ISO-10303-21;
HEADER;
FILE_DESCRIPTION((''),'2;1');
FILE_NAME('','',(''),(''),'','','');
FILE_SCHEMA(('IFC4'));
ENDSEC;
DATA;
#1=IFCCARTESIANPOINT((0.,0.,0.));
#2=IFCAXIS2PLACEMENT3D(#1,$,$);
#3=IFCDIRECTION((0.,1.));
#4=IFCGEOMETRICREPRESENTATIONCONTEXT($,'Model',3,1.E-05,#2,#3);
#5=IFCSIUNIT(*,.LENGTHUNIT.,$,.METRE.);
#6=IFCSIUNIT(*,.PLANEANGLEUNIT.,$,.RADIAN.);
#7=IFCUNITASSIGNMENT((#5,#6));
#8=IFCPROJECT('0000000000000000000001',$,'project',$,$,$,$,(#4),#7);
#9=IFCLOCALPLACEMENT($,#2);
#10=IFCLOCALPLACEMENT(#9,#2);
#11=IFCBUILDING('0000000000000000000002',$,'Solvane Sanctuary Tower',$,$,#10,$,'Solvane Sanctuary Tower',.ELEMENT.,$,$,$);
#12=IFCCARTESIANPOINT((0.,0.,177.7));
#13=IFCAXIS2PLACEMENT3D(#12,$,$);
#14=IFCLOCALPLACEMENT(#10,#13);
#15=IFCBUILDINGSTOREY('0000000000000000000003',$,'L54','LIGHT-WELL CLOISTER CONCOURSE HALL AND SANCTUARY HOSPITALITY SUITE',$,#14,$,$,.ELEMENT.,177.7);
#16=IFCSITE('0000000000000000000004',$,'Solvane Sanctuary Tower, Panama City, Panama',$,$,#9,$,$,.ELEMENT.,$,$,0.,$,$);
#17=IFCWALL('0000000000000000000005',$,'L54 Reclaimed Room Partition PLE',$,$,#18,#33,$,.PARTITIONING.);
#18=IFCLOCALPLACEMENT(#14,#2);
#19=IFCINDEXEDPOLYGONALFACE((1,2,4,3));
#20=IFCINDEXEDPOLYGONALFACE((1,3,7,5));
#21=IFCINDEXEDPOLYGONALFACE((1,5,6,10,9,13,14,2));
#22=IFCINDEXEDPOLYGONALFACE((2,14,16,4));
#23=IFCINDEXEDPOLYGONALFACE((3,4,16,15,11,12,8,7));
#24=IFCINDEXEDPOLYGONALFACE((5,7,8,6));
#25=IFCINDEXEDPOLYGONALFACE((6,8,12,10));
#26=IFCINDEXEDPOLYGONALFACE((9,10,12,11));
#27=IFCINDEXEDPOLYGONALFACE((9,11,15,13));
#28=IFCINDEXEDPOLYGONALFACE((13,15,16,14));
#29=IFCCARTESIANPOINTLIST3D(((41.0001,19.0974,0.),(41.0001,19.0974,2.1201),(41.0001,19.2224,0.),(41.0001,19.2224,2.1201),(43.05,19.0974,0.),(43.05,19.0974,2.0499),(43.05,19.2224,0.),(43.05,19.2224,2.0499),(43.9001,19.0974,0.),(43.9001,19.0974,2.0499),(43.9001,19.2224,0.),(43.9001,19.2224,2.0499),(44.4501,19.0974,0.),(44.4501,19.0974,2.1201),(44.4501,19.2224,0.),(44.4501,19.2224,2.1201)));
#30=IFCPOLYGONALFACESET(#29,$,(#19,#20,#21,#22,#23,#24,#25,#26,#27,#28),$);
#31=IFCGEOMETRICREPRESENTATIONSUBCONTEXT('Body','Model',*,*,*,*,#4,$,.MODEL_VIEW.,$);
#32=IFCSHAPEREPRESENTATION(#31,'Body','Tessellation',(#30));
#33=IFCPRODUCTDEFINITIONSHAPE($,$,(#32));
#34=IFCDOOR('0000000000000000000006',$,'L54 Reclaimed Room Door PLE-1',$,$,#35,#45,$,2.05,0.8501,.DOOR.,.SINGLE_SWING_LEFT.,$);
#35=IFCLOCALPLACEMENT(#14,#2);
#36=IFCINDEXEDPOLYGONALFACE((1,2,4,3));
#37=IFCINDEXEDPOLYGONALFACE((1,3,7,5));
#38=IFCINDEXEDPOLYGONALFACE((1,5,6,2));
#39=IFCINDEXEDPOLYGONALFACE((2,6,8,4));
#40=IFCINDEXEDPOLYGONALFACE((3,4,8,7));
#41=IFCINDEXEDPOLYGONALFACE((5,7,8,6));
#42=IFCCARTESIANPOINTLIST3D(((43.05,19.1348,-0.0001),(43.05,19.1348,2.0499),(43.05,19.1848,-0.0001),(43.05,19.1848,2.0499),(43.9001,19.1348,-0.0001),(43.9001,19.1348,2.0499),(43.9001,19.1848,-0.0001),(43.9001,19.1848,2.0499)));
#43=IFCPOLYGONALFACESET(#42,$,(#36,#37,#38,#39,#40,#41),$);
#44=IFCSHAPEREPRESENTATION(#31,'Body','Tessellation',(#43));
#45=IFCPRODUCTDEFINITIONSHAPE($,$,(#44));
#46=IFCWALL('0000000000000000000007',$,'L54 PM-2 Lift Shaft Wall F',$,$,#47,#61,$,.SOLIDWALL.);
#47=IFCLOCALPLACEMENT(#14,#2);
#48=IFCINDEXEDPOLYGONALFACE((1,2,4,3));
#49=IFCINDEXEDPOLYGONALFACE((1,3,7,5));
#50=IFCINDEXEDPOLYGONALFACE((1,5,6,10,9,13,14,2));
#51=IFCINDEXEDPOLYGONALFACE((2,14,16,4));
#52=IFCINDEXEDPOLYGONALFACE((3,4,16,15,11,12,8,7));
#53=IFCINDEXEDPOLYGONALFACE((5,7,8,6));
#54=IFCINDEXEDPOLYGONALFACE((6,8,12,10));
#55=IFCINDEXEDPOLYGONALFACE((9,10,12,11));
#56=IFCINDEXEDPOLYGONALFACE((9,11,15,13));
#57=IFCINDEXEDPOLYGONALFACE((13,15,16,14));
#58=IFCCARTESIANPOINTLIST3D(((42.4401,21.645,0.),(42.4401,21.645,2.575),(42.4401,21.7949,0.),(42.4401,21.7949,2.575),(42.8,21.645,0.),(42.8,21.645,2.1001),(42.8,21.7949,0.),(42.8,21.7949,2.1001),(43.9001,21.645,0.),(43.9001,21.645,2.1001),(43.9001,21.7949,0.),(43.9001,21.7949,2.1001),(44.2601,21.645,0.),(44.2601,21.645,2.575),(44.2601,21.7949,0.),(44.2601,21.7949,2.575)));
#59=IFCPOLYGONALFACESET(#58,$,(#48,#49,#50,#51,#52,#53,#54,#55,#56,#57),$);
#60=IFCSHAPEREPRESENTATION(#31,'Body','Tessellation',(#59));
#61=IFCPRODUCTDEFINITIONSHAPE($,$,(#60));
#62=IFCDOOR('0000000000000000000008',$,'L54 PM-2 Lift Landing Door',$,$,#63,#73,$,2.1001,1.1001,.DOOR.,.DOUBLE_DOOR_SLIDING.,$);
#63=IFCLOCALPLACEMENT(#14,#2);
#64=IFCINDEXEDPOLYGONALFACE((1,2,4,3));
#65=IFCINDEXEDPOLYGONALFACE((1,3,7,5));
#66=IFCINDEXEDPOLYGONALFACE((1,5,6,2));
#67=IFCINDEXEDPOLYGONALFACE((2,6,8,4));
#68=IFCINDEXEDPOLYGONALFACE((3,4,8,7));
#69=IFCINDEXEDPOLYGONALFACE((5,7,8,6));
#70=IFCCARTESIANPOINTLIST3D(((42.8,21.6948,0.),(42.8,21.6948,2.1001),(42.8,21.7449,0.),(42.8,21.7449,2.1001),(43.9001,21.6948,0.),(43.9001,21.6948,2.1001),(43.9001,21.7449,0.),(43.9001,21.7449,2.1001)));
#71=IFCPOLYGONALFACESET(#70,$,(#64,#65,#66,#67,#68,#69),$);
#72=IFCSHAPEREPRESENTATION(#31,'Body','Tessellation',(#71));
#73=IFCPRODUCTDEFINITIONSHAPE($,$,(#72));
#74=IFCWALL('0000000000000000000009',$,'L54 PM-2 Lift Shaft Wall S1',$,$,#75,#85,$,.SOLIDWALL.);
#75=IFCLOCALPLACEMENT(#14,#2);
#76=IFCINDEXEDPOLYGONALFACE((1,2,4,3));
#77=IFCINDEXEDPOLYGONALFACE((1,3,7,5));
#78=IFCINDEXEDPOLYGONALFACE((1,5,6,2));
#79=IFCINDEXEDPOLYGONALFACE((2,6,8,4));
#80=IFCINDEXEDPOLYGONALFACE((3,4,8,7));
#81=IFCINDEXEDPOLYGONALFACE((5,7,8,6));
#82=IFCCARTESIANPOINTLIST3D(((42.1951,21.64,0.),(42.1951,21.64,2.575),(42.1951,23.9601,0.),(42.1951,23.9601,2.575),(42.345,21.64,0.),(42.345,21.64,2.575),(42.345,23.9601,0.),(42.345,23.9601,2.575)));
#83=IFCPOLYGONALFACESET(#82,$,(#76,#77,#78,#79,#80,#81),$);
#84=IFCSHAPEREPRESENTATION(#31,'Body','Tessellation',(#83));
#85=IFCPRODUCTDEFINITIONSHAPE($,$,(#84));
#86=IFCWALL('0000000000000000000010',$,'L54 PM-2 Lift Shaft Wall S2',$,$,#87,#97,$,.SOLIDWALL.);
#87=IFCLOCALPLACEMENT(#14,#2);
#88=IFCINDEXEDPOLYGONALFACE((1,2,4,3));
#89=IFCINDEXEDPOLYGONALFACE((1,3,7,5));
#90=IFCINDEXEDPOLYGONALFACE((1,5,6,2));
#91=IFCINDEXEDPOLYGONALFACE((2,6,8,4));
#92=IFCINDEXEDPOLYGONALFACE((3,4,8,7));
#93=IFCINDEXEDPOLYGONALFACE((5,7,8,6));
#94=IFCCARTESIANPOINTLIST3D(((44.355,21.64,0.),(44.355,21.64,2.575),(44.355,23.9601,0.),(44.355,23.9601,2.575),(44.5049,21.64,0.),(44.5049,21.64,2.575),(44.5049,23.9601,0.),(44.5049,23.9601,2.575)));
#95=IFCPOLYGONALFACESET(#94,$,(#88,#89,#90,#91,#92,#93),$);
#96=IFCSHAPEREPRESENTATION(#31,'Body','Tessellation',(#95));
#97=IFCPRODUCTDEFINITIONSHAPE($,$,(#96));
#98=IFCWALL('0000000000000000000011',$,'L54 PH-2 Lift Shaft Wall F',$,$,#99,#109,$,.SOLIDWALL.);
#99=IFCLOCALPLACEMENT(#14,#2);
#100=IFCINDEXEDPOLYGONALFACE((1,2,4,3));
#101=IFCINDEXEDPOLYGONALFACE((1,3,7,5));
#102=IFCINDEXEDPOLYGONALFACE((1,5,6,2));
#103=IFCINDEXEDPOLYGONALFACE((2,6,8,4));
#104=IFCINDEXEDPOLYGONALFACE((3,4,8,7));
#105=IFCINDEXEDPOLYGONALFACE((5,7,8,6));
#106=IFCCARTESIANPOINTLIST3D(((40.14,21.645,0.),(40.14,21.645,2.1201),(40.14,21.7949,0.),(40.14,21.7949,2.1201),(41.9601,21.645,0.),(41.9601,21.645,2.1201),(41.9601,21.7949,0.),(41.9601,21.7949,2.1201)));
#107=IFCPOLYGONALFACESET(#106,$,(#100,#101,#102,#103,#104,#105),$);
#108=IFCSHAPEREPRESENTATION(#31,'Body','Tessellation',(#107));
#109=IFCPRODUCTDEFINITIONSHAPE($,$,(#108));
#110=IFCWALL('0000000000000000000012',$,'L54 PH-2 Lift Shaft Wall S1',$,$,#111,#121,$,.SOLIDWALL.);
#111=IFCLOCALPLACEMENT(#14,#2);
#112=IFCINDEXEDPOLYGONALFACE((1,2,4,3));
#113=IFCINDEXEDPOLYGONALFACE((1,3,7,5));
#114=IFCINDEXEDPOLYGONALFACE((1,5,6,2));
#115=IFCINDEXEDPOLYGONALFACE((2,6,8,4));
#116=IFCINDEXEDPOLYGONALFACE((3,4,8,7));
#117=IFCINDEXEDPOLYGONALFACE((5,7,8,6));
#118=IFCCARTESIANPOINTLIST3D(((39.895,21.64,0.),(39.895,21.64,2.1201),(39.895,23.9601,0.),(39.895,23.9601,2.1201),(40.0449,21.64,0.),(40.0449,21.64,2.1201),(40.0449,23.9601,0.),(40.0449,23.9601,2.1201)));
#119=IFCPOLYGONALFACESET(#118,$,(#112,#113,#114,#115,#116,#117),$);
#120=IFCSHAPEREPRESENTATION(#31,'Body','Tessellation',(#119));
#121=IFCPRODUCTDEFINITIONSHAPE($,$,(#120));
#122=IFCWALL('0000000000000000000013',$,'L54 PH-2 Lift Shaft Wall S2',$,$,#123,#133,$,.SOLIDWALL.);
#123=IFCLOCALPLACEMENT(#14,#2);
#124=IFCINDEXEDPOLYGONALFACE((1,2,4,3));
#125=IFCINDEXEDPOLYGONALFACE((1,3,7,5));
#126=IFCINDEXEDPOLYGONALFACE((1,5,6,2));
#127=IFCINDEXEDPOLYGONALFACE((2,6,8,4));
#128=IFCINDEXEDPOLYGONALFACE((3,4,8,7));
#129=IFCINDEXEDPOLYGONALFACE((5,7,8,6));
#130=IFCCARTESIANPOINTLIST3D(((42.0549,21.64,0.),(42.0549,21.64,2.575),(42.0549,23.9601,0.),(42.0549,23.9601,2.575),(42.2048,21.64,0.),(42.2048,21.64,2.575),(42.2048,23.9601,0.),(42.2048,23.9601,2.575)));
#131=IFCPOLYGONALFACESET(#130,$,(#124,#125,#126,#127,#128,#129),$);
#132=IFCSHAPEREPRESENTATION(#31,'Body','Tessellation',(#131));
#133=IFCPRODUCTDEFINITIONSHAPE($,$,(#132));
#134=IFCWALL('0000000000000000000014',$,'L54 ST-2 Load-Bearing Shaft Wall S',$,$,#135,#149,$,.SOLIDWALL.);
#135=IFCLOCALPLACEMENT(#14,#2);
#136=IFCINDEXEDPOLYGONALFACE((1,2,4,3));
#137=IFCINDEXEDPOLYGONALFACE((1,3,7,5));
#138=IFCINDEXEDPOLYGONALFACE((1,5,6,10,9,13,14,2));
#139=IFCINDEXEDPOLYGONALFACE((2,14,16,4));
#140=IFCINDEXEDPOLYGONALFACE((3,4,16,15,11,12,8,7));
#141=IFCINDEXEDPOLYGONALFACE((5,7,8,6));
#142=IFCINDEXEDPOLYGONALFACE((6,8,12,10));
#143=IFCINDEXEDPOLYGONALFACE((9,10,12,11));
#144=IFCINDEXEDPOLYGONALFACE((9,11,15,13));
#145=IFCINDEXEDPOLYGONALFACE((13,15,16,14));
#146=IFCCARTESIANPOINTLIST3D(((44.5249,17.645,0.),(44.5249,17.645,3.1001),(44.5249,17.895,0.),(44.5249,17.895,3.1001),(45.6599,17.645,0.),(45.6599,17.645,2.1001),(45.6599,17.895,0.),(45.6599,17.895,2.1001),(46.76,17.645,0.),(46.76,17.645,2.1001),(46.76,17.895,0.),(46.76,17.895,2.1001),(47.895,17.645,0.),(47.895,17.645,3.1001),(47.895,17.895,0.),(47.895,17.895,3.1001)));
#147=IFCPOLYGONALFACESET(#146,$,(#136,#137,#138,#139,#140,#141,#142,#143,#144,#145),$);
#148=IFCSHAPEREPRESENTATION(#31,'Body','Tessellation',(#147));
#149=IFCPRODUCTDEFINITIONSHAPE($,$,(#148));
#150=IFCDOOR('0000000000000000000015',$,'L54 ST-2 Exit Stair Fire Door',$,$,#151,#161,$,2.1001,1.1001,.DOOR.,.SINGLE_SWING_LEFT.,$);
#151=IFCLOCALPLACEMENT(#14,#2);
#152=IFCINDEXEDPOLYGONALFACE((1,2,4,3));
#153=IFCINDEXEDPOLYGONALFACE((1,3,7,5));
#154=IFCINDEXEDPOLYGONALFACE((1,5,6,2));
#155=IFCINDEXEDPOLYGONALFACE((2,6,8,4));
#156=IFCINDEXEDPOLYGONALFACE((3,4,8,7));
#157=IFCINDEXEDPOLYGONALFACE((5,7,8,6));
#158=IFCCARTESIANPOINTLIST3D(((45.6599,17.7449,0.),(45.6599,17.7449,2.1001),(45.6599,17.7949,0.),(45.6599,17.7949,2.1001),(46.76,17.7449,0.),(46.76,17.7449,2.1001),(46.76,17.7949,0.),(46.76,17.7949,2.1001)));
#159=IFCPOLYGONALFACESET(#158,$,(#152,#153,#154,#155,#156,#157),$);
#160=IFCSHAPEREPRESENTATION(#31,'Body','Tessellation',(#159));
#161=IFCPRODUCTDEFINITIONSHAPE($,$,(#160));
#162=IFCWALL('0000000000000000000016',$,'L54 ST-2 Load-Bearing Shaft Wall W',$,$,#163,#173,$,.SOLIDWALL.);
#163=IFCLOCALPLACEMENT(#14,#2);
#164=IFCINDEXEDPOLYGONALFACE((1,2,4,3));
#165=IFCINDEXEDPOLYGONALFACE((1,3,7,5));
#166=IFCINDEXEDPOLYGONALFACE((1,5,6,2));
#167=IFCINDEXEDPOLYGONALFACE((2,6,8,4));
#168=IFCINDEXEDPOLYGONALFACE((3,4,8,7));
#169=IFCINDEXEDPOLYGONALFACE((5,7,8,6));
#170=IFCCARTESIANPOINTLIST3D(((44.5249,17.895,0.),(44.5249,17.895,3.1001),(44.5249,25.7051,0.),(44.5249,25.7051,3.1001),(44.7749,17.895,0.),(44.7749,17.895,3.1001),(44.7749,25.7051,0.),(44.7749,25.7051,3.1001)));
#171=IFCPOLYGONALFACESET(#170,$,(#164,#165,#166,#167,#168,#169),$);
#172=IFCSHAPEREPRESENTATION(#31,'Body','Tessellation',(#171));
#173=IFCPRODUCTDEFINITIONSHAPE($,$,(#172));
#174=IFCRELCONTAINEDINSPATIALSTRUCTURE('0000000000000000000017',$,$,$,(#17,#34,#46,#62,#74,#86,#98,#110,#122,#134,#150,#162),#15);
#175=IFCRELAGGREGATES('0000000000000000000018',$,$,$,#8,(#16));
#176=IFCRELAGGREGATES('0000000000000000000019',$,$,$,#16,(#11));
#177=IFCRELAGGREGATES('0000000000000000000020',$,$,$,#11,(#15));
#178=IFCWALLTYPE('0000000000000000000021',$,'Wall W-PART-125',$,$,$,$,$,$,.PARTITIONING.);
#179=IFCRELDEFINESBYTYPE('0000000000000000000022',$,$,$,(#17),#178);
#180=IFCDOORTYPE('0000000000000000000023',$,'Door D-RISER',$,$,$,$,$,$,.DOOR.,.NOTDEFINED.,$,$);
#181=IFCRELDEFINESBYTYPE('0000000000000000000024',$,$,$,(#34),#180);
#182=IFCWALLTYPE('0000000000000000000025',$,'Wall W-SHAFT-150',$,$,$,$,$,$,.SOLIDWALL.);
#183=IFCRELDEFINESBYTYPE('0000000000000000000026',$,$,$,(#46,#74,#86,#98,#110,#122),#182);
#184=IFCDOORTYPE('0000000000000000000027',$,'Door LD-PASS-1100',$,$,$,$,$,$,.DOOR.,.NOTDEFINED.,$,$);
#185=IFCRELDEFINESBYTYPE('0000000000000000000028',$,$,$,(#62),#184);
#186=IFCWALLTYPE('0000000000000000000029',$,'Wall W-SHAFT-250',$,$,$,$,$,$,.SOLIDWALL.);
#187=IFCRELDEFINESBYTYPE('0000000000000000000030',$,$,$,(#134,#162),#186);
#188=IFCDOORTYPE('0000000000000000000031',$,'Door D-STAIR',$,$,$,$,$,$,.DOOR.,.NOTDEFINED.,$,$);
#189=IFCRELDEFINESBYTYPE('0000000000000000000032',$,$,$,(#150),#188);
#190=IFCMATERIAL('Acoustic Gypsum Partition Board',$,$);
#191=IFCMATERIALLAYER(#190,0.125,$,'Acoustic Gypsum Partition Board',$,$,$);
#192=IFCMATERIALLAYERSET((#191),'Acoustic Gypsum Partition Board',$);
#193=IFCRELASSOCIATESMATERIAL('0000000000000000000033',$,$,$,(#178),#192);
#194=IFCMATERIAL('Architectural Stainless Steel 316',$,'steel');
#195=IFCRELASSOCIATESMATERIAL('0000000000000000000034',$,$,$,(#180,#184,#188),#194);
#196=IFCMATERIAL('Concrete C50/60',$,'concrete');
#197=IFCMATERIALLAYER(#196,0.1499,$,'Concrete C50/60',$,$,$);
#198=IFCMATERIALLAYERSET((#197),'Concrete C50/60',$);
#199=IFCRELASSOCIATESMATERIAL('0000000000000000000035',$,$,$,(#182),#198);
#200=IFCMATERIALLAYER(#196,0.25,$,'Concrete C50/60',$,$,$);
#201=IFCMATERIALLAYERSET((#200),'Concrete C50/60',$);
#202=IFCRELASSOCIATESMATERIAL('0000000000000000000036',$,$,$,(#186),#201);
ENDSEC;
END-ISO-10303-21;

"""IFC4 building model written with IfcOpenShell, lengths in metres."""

from ifc_helpers import new_model, si_unit, direction, frame, frame_2d, origin, place, context, subcontext, project, spatial, rectangle, extrude, material, layer, layer_set, type_object, element, fill, save


model = new_model("IFC4")

# Units and contexts
model_context = context("Model", 3, precision=1e-05, world=origin(), true_north=direction((0.0, 1.0)))
body_context = subcontext(model_context, "Body", "Model", "MODEL_VIEW")
ifc_project = project(units=[si_unit("LENGTHUNIT", "METRE"), si_unit("PLANEANGLEUNIT", "RADIAN")], contexts=[model_context])

# Site, building, storey
site_placement = place(None, origin())
site = spatial("IfcSite", under=ifc_project, at=site_placement, Name="Solvane Sanctuary Tower, Panama City, Panama", CompositionType="ELEMENT", RefElevation=0.0)
building_placement = place(site_placement, origin())
building = spatial("IfcBuilding", under=site, at=building_placement, Name="Solvane Sanctuary Tower", LongName="Solvane Sanctuary Tower", CompositionType="ELEMENT")
storey_placement = place(building_placement, frame((0.0, 0.0, 177.7)))
storey = spatial("IfcBuildingStorey", under=building, at=storey_placement, Name="L54", Description="LIGHT-WELL CLOISTER CONCOURSE HALL AND SANCTUARY HOSPITALITY SUITE", CompositionType="ELEMENT", Elevation=177.7)

# Shared definitions
ifc_material_1 = material(Name="Acoustic Gypsum Partition Board")

# Walls, openings, doors
ifc_layer_1 = layer(ifc_material_1, 0.125, Name="Acoustic Gypsum Partition Board")
ifc_layer_set_1 = layer_set([ifc_layer_1], Name="Acoustic Gypsum Partition Board")
wall_type_1 = type_object("IfcWallType", Name="Wall W-PART-125", PredefinedType="PARTITIONING", material=ifc_layer_set_1)
wall_1_placement = place(storey_placement, frame((41.0, 19.1599, 0.0), z_axis=(0.0, 0.0, 1.0), x_axis=(1.0, 0.0, 0.0)))
wall_1 = element("IfcWall", 1, at=wall_1_placement, inside=storey, type_object=wall_type_1, Name="L54 Reclaimed Room Partition PLE", PredefinedType="PARTITIONING", context=body_context, shape_type="SweptSolid", body=[
    extrude(rectangle(XDim=3.45, YDim=0.125, at=frame_2d((1.7251, 0.0))), origin(), (0.0, 0.0, 1.0), 2.1201),
])
opening_1_placement = place(wall_1_placement, frame((2.05, 0.0, 0.0)))
opening_1 = element("IfcOpeningElement", 2, at=opening_1_placement, cuts=wall_1, PredefinedType="OPENING", context=body_context, shape_type="SweptSolid", body=[
    extrude(rectangle(XDim=0.8501, YDim=2.05, at=frame_2d((0.425, 1.0249))), frame((0.0, 0.0725, 0.0), z_axis=(0.0, -1.0, 0.0), x_axis=(1.0, 0.0, 0.0)), (0.0, 0.0, 1.0), 0.145),
])
ifc_material_2 = material(Name="Architectural Stainless Steel 316", Category="steel")
door_type_1 = type_object("IfcDoorType", Name="Door D-RISER", OperationType="NOTDEFINED", PredefinedType="DOOR", material=ifc_material_2)
door_1_placement = place(opening_1_placement, origin())
door_1 = element("IfcDoor", 3, at=door_1_placement, inside=storey, type_object=door_type_1, Name="L54 Reclaimed Room Door PLE-1", OperationType="SINGLE_SWING_LEFT", OverallHeight=2.05, OverallWidth=0.8501, PredefinedType="DOOR", context=body_context, shape_type="SweptSolid", body=[
    extrude(rectangle(XDim=0.8501, YDim=2.05, at=frame_2d((0.425, 1.0249))), frame((0.0, 0.0249, 0.0), z_axis=(0.0, -1.0, 0.0), x_axis=(1.0, 0.0, 0.0)), (0.0, 0.0, 1.0), 0.05),
])
fill(opening_1, door_1)
ifc_material_3 = material(Name="Concrete C50/60", Category="concrete")
ifc_layer_2 = layer(ifc_material_3, 0.1499, Name="Concrete C50/60")
ifc_layer_set_2 = layer_set([ifc_layer_2], Name="Concrete C50/60")
wall_type_2 = type_object("IfcWallType", Name="Wall W-SHAFT-150", PredefinedType="SOLIDWALL", material=ifc_layer_set_2)
wall_2_placement = place(storey_placement, frame((42.4399, 21.72, 0.0), z_axis=(0.0, 0.0, 1.0), x_axis=(1.0, 0.0, 0.0)))
wall_2 = element("IfcWall", 4, at=wall_2_placement, inside=storey, type_object=wall_type_2, Name="L54 PM-2 Lift Shaft Wall F", PredefinedType="SOLIDWALL", context=body_context, shape_type="SweptSolid", body=[
    extrude(rectangle(XDim=1.8201, YDim=0.1499, at=frame_2d((0.9102, 0.0))), origin(), (0.0, 0.0, 1.0), 2.575),
])
opening_2_placement = place(wall_2_placement, frame((0.3601, 0.0, 0.0)))
opening_2 = element("IfcOpeningElement", 5, at=opening_2_placement, cuts=wall_2, PredefinedType="OPENING", context=body_context, shape_type="SweptSolid", body=[
    extrude(rectangle(XDim=1.1001, YDim=2.1001, at=frame_2d((0.55, 1.05))), frame((0.0, 0.085, 0.0), z_axis=(0.0, -1.0, 0.0), x_axis=(1.0, 0.0, 0.0)), (0.0, 0.0, 1.0), 0.1699),
])
door_type_2 = type_object("IfcDoorType", Name="Door LD-PASS-1100", OperationType="NOTDEFINED", PredefinedType="DOOR", material=ifc_material_2)
door_2_placement = place(opening_2_placement, origin())
door_2 = element("IfcDoor", 6, at=door_2_placement, inside=storey, type_object=door_type_2, Name="L54 PM-2 Lift Landing Door", OperationType="DOUBLE_DOOR_SLIDING", OverallHeight=2.1001, OverallWidth=1.1001, PredefinedType="DOOR", context=body_context, shape_type="SweptSolid", body=[
    extrude(rectangle(XDim=1.1001, YDim=2.1001, at=frame_2d((0.55, 1.05))), frame((0.0, 0.0249, 0.0), z_axis=(0.0, -1.0, 0.0), x_axis=(1.0, 0.0, 0.0)), (0.0, 0.0, 1.0), 0.05),
])
fill(opening_2, door_2)

# Walls
for number, where, z_axis, x_axis, name in (
    (7, (42.27, 21.6399, 0.0), (0.0, 0.0, 1.0), (0.0, 1.0, 0.0), "L54 PM-2 Lift Shaft Wall S1"),
    (8, (44.4299, 21.6399, 0.0), (0.0, 0.0, 1.0), (0.0, 1.0, 0.0), "L54 PM-2 Lift Shaft Wall S2"),
):
    element("IfcWall", number, at=place(storey_placement, frame(where, z_axis=z_axis, x_axis=x_axis)), inside=storey, type_object=wall_type_2, Name=name, PredefinedType="SOLIDWALL", context=body_context, shape_type="SweptSolid", body=[
        extrude(rectangle(XDim=2.3201, YDim=0.1499, at=frame_2d((1.1602, 0.0))), origin(), (0.0, 0.0, 1.0), 2.575),
    ])
wall_3_placement = place(storey_placement, frame((40.1399, 21.72, 0.0), z_axis=(0.0, 0.0, 1.0), x_axis=(1.0, 0.0, 0.0)))
element("IfcWall", 9, at=wall_3_placement, inside=storey, type_object=wall_type_2, Name="L54 PH-2 Lift Shaft Wall F", PredefinedType="SOLIDWALL", context=body_context, shape_type="SweptSolid", body=[
    extrude(rectangle(XDim=1.8201, YDim=0.1499, at=frame_2d((0.9102, 0.0))), origin(), (0.0, 0.0, 1.0), 2.1201),
])
wall_4_placement = place(storey_placement, frame((39.97, 21.6399, 0.0), z_axis=(0.0, 0.0, 1.0), x_axis=(0.0, 1.0, 0.0)))
element("IfcWall", 10, at=wall_4_placement, inside=storey, type_object=wall_type_2, Name="L54 PH-2 Lift Shaft Wall S1", PredefinedType="SOLIDWALL", context=body_context, shape_type="SweptSolid", body=[
    extrude(rectangle(XDim=2.3201, YDim=0.1499, at=frame_2d((1.1602, 0.0))), origin(), (0.0, 0.0, 1.0), 2.1201),
])
wall_5_placement = place(storey_placement, frame((42.1299, 21.6399, 0.0), z_axis=(0.0, 0.0, 1.0), x_axis=(0.0, 1.0, 0.0)))
element("IfcWall", 11, at=wall_5_placement, inside=storey, type_object=wall_type_2, Name="L54 PH-2 Lift Shaft Wall S2", PredefinedType="SOLIDWALL", context=body_context, shape_type="SweptSolid", body=[
    extrude(rectangle(XDim=2.3201, YDim=0.1499, at=frame_2d((1.1602, 0.0))), origin(), (0.0, 0.0, 1.0), 2.575),
])

# Wall, opening, door
ifc_layer_3 = layer(ifc_material_3, 0.25, Name="Concrete C50/60")
ifc_layer_set_3 = layer_set([ifc_layer_3], Name="Concrete C50/60")
wall_type_3 = type_object("IfcWallType", Name="Wall W-SHAFT-250", PredefinedType="SOLIDWALL", material=ifc_layer_set_3)
wall_6_placement = place(storey_placement, frame((44.5249, 17.77, 0.0), z_axis=(0.0, 0.0, 1.0), x_axis=(1.0, 0.0, 0.0)))
wall_6 = element("IfcWall", 12, at=wall_6_placement, inside=storey, type_object=wall_type_3, Name="L54 ST-2 Load-Bearing Shaft Wall S", PredefinedType="SOLIDWALL", context=body_context, shape_type="SweptSolid", body=[
    extrude(rectangle(XDim=3.3701, YDim=0.25, at=frame_2d((1.6851, 0.0))), origin(), (0.0, 0.0, 1.0), 3.1001),
])
opening_3_placement = place(wall_6_placement, frame((1.135, 0.0, 0.0)))
opening_3 = element("IfcOpeningElement", 13, at=opening_3_placement, cuts=wall_6, PredefinedType="OPENING", context=body_context, shape_type="SweptSolid", body=[
    extrude(rectangle(XDim=1.1001, YDim=2.1001, at=frame_2d((0.55, 1.05))), frame((0.0, 0.135, 0.0), z_axis=(0.0, -1.0, 0.0), x_axis=(1.0, 0.0, 0.0)), (0.0, 0.0, 1.0), 0.27),
])
door_type_3 = type_object("IfcDoorType", Name="Door D-STAIR", OperationType="NOTDEFINED", PredefinedType="DOOR", material=ifc_material_2)
door_3_placement = place(opening_3_placement, origin())
door_3 = element("IfcDoor", 14, at=door_3_placement, inside=storey, type_object=door_type_3, Name="L54 ST-2 Exit Stair Fire Door", OperationType="SINGLE_SWING_LEFT", OverallHeight=2.1001, OverallWidth=1.1001, PredefinedType="DOOR", context=body_context, shape_type="SweptSolid", body=[
    extrude(rectangle(XDim=1.1001, YDim=2.1001, at=frame_2d((0.55, 1.05))), frame((0.0, 0.0249, 0.0), z_axis=(0.0, -1.0, 0.0), x_axis=(1.0, 0.0, 0.0)), (0.0, 0.0, 1.0), 0.05),
])
fill(opening_3, door_3)

# Wall
for number, where, z_axis, x_axis, name in (
    (15, (44.6499, 17.895, 0.0), (0.0, 0.0, 1.0), (0.0, 1.0, 0.0), "L54 ST-2 Load-Bearing Shaft Wall W"),
):
    element("IfcWall", number, at=place(storey_placement, frame(where, z_axis=z_axis, x_axis=x_axis)), inside=storey, type_object=wall_type_3, Name=name, PredefinedType="SOLIDWALL", context=body_context, shape_type="SweptSolid", body=[
        extrude(rectangle(XDim=7.8101, YDim=0.25, at=frame_2d((3.905, 0.0))), origin(), (0.0, 0.0, 1.0), 3.1001),
    ])

save(model, "model.ifc")
